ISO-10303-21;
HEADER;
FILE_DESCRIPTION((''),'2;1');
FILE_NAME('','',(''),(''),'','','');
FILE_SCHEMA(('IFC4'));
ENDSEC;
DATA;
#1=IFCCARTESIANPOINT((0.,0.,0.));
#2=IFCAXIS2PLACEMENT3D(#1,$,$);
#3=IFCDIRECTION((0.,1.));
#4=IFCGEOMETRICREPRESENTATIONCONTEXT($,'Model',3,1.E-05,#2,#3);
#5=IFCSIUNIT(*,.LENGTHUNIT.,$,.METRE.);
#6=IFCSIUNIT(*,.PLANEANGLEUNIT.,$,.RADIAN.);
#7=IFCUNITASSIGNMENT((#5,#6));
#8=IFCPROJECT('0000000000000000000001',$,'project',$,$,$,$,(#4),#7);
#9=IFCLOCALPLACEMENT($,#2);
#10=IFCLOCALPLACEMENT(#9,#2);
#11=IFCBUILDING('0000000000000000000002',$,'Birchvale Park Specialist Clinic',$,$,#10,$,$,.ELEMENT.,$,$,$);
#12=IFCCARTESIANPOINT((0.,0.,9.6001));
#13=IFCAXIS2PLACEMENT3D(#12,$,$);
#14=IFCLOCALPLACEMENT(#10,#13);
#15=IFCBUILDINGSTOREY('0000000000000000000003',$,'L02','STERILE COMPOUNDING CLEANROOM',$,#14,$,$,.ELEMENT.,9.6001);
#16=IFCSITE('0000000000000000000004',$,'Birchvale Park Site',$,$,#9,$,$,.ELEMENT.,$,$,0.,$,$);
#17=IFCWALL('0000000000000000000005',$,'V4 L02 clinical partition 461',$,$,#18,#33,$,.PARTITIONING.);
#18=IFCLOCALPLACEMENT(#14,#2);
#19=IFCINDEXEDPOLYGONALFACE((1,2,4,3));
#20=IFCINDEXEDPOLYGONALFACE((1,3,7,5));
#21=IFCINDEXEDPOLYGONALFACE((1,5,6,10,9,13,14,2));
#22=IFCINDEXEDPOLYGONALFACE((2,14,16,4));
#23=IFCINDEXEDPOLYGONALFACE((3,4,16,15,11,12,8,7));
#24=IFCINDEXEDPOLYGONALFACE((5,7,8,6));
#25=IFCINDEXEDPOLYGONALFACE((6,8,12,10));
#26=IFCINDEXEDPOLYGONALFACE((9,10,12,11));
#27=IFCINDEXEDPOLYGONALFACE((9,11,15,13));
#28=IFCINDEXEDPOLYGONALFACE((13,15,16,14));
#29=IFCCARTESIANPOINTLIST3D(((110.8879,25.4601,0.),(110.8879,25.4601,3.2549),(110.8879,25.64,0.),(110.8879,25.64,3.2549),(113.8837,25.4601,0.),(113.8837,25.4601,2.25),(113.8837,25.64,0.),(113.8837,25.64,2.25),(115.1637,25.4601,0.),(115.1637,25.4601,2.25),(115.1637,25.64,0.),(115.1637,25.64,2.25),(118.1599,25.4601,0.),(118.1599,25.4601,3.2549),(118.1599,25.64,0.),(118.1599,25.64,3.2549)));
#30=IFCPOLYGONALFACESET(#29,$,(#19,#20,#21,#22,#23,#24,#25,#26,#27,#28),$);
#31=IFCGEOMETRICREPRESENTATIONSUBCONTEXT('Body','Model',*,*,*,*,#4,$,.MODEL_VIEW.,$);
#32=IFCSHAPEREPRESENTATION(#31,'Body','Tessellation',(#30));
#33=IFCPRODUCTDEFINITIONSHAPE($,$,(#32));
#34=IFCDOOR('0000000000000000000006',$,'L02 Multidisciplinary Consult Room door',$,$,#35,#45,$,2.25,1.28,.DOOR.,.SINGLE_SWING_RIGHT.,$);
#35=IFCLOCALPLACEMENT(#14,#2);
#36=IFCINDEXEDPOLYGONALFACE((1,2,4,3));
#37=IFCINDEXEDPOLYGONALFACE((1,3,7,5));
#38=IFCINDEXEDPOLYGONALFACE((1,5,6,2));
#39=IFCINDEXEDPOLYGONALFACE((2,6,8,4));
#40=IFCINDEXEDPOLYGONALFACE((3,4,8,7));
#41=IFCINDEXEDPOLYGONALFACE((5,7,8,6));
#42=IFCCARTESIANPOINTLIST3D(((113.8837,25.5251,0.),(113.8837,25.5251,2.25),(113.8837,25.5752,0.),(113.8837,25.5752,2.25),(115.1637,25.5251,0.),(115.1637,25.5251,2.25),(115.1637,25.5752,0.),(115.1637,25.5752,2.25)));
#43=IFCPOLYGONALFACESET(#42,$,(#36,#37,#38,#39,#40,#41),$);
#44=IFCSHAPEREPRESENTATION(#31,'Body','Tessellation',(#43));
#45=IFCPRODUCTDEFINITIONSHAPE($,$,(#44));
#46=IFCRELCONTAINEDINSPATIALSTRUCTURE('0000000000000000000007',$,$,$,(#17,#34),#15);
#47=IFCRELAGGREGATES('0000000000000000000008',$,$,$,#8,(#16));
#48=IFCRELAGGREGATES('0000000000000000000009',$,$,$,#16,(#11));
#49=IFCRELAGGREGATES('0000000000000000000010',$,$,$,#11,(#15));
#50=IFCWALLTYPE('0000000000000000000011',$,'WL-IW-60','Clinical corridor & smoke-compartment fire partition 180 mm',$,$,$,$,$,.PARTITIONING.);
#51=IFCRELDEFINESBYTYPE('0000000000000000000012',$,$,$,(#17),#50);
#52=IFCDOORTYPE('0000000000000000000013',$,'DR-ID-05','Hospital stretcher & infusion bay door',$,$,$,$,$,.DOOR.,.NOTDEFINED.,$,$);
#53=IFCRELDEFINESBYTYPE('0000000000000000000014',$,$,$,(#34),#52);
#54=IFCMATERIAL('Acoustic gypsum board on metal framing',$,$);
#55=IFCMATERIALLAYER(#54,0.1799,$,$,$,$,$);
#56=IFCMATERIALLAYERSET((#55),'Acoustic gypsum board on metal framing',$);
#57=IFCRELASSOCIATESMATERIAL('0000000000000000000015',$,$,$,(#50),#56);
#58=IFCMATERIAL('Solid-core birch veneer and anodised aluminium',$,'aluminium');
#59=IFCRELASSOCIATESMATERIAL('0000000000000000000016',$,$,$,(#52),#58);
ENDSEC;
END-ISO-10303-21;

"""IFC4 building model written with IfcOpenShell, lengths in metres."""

from ifc_helpers import new_model, si_unit, direction, frame, frame_2d, origin, place, context, subcontext, project, spatial, rectangle, extrude, material, layer, layer_set, type_object, element, fill, save


model = new_model("IFC4")

# Units and contexts
model_context = context("Model", 3, precision=1e-05, world=origin(), true_north=direction((0.0, 1.0)))
body_context = subcontext(model_context, "Body", "Model", "MODEL_VIEW")
ifc_project = project(units=[si_unit("LENGTHUNIT", "METRE"), si_unit("PLANEANGLEUNIT", "RADIAN")], contexts=[model_context])

# Site, building, storey
site_placement = place(None, origin())
site = spatial("IfcSite", under=ifc_project, at=site_placement, Name="Birchvale Park Site", CompositionType="ELEMENT", RefElevation=0.0)
building_placement = place(site_placement, origin())
building = spatial("IfcBuilding", under=site, at=building_placement, Name="Birchvale Park Specialist Clinic", CompositionType="ELEMENT")
storey_placement = place(building_placement, frame((0.0, 0.0, 9.6001)))
storey = spatial("IfcBuildingStorey", under=building, at=storey_placement, Name="L02", Description="STERILE COMPOUNDING CLEANROOM", CompositionType="ELEMENT", Elevation=9.6001)

# Shared definitions
ifc_material_1 = material(Name="Acoustic gypsum board on metal framing")

# Wall, opening, door
ifc_layer_1 = layer(ifc_material_1, 0.1799)
ifc_layer_set_1 = layer_set([ifc_layer_1], Name="Acoustic gypsum board on metal framing")
wall_type_1 = type_object("IfcWallType", Name="WL-IW-60", Description="Clinical corridor & smoke-compartment fire partition 180 mm", PredefinedType="PARTITIONING", material=ifc_layer_set_1)
ifc_material_2 = material(Name="Solid-core birch veneer and anodised aluminium", Category="aluminium")
wall_1_placement = place(storey_placement, frame((118.1599, 25.55, 0.0), z_axis=(0.0, 0.0, 1.0), x_axis=(-1.0, 0.0, 0.0)))
wall_1 = element("IfcWall", 1, at=wall_1_placement, inside=storey, type_object=wall_type_1, Name="V4 L02 clinical partition 461", PredefinedType="PARTITIONING", context=body_context, shape_type="SweptSolid", body=[
    extrude(rectangle(XDim=7.272, YDim=0.1799, at=frame_2d((3.636, 0.0))), origin(), (0.0, 0.0, 1.0), 3.2549),
])
opening_1_placement = place(wall_1_placement, frame((2.9961, 0.0, 0.0)))
opening_1 = element("IfcOpeningElement", 2, at=opening_1_placement, cuts=wall_1, PredefinedType="OPENING", context=body_context, shape_type="SweptSolid", body=[
    extrude(rectangle(XDim=1.28, YDim=2.25, at=frame_2d((0.6401, 1.125))), frame((0.0, 0.1001, 0.0), z_axis=(0.0, -1.0, 0.0), x_axis=(1.0, 0.0, 0.0)), (0.0, 0.0, 1.0), 0.2),
])
door_type_1 = type_object("IfcDoorType", Name="DR-ID-05", Description="Hospital stretcher & infusion bay door", OperationType="NOTDEFINED", PredefinedType="DOOR", material=ifc_material_2)
door_1_placement = place(opening_1_placement, origin())
door_1 = element("IfcDoor", 3, at=door_1_placement, inside=storey, type_object=door_type_1, Name="L02 Multidisciplinary Consult Room door", OperationType="SINGLE_SWING_RIGHT", OverallHeight=2.25, OverallWidth=1.28, PredefinedType="DOOR", context=body_context, shape_type="SweptSolid", body=[
    extrude(rectangle(XDim=1.28, YDim=2.25, at=frame_2d((0.6401, 1.125))), frame((0.0, 0.0249, 0.0), z_axis=(0.0, -1.0, 0.0), x_axis=(1.0, 0.0, 0.0)), (0.0, 0.0, 1.0), 0.05),
])
fill(opening_1, door_1)

save(model, "model.ifc")
